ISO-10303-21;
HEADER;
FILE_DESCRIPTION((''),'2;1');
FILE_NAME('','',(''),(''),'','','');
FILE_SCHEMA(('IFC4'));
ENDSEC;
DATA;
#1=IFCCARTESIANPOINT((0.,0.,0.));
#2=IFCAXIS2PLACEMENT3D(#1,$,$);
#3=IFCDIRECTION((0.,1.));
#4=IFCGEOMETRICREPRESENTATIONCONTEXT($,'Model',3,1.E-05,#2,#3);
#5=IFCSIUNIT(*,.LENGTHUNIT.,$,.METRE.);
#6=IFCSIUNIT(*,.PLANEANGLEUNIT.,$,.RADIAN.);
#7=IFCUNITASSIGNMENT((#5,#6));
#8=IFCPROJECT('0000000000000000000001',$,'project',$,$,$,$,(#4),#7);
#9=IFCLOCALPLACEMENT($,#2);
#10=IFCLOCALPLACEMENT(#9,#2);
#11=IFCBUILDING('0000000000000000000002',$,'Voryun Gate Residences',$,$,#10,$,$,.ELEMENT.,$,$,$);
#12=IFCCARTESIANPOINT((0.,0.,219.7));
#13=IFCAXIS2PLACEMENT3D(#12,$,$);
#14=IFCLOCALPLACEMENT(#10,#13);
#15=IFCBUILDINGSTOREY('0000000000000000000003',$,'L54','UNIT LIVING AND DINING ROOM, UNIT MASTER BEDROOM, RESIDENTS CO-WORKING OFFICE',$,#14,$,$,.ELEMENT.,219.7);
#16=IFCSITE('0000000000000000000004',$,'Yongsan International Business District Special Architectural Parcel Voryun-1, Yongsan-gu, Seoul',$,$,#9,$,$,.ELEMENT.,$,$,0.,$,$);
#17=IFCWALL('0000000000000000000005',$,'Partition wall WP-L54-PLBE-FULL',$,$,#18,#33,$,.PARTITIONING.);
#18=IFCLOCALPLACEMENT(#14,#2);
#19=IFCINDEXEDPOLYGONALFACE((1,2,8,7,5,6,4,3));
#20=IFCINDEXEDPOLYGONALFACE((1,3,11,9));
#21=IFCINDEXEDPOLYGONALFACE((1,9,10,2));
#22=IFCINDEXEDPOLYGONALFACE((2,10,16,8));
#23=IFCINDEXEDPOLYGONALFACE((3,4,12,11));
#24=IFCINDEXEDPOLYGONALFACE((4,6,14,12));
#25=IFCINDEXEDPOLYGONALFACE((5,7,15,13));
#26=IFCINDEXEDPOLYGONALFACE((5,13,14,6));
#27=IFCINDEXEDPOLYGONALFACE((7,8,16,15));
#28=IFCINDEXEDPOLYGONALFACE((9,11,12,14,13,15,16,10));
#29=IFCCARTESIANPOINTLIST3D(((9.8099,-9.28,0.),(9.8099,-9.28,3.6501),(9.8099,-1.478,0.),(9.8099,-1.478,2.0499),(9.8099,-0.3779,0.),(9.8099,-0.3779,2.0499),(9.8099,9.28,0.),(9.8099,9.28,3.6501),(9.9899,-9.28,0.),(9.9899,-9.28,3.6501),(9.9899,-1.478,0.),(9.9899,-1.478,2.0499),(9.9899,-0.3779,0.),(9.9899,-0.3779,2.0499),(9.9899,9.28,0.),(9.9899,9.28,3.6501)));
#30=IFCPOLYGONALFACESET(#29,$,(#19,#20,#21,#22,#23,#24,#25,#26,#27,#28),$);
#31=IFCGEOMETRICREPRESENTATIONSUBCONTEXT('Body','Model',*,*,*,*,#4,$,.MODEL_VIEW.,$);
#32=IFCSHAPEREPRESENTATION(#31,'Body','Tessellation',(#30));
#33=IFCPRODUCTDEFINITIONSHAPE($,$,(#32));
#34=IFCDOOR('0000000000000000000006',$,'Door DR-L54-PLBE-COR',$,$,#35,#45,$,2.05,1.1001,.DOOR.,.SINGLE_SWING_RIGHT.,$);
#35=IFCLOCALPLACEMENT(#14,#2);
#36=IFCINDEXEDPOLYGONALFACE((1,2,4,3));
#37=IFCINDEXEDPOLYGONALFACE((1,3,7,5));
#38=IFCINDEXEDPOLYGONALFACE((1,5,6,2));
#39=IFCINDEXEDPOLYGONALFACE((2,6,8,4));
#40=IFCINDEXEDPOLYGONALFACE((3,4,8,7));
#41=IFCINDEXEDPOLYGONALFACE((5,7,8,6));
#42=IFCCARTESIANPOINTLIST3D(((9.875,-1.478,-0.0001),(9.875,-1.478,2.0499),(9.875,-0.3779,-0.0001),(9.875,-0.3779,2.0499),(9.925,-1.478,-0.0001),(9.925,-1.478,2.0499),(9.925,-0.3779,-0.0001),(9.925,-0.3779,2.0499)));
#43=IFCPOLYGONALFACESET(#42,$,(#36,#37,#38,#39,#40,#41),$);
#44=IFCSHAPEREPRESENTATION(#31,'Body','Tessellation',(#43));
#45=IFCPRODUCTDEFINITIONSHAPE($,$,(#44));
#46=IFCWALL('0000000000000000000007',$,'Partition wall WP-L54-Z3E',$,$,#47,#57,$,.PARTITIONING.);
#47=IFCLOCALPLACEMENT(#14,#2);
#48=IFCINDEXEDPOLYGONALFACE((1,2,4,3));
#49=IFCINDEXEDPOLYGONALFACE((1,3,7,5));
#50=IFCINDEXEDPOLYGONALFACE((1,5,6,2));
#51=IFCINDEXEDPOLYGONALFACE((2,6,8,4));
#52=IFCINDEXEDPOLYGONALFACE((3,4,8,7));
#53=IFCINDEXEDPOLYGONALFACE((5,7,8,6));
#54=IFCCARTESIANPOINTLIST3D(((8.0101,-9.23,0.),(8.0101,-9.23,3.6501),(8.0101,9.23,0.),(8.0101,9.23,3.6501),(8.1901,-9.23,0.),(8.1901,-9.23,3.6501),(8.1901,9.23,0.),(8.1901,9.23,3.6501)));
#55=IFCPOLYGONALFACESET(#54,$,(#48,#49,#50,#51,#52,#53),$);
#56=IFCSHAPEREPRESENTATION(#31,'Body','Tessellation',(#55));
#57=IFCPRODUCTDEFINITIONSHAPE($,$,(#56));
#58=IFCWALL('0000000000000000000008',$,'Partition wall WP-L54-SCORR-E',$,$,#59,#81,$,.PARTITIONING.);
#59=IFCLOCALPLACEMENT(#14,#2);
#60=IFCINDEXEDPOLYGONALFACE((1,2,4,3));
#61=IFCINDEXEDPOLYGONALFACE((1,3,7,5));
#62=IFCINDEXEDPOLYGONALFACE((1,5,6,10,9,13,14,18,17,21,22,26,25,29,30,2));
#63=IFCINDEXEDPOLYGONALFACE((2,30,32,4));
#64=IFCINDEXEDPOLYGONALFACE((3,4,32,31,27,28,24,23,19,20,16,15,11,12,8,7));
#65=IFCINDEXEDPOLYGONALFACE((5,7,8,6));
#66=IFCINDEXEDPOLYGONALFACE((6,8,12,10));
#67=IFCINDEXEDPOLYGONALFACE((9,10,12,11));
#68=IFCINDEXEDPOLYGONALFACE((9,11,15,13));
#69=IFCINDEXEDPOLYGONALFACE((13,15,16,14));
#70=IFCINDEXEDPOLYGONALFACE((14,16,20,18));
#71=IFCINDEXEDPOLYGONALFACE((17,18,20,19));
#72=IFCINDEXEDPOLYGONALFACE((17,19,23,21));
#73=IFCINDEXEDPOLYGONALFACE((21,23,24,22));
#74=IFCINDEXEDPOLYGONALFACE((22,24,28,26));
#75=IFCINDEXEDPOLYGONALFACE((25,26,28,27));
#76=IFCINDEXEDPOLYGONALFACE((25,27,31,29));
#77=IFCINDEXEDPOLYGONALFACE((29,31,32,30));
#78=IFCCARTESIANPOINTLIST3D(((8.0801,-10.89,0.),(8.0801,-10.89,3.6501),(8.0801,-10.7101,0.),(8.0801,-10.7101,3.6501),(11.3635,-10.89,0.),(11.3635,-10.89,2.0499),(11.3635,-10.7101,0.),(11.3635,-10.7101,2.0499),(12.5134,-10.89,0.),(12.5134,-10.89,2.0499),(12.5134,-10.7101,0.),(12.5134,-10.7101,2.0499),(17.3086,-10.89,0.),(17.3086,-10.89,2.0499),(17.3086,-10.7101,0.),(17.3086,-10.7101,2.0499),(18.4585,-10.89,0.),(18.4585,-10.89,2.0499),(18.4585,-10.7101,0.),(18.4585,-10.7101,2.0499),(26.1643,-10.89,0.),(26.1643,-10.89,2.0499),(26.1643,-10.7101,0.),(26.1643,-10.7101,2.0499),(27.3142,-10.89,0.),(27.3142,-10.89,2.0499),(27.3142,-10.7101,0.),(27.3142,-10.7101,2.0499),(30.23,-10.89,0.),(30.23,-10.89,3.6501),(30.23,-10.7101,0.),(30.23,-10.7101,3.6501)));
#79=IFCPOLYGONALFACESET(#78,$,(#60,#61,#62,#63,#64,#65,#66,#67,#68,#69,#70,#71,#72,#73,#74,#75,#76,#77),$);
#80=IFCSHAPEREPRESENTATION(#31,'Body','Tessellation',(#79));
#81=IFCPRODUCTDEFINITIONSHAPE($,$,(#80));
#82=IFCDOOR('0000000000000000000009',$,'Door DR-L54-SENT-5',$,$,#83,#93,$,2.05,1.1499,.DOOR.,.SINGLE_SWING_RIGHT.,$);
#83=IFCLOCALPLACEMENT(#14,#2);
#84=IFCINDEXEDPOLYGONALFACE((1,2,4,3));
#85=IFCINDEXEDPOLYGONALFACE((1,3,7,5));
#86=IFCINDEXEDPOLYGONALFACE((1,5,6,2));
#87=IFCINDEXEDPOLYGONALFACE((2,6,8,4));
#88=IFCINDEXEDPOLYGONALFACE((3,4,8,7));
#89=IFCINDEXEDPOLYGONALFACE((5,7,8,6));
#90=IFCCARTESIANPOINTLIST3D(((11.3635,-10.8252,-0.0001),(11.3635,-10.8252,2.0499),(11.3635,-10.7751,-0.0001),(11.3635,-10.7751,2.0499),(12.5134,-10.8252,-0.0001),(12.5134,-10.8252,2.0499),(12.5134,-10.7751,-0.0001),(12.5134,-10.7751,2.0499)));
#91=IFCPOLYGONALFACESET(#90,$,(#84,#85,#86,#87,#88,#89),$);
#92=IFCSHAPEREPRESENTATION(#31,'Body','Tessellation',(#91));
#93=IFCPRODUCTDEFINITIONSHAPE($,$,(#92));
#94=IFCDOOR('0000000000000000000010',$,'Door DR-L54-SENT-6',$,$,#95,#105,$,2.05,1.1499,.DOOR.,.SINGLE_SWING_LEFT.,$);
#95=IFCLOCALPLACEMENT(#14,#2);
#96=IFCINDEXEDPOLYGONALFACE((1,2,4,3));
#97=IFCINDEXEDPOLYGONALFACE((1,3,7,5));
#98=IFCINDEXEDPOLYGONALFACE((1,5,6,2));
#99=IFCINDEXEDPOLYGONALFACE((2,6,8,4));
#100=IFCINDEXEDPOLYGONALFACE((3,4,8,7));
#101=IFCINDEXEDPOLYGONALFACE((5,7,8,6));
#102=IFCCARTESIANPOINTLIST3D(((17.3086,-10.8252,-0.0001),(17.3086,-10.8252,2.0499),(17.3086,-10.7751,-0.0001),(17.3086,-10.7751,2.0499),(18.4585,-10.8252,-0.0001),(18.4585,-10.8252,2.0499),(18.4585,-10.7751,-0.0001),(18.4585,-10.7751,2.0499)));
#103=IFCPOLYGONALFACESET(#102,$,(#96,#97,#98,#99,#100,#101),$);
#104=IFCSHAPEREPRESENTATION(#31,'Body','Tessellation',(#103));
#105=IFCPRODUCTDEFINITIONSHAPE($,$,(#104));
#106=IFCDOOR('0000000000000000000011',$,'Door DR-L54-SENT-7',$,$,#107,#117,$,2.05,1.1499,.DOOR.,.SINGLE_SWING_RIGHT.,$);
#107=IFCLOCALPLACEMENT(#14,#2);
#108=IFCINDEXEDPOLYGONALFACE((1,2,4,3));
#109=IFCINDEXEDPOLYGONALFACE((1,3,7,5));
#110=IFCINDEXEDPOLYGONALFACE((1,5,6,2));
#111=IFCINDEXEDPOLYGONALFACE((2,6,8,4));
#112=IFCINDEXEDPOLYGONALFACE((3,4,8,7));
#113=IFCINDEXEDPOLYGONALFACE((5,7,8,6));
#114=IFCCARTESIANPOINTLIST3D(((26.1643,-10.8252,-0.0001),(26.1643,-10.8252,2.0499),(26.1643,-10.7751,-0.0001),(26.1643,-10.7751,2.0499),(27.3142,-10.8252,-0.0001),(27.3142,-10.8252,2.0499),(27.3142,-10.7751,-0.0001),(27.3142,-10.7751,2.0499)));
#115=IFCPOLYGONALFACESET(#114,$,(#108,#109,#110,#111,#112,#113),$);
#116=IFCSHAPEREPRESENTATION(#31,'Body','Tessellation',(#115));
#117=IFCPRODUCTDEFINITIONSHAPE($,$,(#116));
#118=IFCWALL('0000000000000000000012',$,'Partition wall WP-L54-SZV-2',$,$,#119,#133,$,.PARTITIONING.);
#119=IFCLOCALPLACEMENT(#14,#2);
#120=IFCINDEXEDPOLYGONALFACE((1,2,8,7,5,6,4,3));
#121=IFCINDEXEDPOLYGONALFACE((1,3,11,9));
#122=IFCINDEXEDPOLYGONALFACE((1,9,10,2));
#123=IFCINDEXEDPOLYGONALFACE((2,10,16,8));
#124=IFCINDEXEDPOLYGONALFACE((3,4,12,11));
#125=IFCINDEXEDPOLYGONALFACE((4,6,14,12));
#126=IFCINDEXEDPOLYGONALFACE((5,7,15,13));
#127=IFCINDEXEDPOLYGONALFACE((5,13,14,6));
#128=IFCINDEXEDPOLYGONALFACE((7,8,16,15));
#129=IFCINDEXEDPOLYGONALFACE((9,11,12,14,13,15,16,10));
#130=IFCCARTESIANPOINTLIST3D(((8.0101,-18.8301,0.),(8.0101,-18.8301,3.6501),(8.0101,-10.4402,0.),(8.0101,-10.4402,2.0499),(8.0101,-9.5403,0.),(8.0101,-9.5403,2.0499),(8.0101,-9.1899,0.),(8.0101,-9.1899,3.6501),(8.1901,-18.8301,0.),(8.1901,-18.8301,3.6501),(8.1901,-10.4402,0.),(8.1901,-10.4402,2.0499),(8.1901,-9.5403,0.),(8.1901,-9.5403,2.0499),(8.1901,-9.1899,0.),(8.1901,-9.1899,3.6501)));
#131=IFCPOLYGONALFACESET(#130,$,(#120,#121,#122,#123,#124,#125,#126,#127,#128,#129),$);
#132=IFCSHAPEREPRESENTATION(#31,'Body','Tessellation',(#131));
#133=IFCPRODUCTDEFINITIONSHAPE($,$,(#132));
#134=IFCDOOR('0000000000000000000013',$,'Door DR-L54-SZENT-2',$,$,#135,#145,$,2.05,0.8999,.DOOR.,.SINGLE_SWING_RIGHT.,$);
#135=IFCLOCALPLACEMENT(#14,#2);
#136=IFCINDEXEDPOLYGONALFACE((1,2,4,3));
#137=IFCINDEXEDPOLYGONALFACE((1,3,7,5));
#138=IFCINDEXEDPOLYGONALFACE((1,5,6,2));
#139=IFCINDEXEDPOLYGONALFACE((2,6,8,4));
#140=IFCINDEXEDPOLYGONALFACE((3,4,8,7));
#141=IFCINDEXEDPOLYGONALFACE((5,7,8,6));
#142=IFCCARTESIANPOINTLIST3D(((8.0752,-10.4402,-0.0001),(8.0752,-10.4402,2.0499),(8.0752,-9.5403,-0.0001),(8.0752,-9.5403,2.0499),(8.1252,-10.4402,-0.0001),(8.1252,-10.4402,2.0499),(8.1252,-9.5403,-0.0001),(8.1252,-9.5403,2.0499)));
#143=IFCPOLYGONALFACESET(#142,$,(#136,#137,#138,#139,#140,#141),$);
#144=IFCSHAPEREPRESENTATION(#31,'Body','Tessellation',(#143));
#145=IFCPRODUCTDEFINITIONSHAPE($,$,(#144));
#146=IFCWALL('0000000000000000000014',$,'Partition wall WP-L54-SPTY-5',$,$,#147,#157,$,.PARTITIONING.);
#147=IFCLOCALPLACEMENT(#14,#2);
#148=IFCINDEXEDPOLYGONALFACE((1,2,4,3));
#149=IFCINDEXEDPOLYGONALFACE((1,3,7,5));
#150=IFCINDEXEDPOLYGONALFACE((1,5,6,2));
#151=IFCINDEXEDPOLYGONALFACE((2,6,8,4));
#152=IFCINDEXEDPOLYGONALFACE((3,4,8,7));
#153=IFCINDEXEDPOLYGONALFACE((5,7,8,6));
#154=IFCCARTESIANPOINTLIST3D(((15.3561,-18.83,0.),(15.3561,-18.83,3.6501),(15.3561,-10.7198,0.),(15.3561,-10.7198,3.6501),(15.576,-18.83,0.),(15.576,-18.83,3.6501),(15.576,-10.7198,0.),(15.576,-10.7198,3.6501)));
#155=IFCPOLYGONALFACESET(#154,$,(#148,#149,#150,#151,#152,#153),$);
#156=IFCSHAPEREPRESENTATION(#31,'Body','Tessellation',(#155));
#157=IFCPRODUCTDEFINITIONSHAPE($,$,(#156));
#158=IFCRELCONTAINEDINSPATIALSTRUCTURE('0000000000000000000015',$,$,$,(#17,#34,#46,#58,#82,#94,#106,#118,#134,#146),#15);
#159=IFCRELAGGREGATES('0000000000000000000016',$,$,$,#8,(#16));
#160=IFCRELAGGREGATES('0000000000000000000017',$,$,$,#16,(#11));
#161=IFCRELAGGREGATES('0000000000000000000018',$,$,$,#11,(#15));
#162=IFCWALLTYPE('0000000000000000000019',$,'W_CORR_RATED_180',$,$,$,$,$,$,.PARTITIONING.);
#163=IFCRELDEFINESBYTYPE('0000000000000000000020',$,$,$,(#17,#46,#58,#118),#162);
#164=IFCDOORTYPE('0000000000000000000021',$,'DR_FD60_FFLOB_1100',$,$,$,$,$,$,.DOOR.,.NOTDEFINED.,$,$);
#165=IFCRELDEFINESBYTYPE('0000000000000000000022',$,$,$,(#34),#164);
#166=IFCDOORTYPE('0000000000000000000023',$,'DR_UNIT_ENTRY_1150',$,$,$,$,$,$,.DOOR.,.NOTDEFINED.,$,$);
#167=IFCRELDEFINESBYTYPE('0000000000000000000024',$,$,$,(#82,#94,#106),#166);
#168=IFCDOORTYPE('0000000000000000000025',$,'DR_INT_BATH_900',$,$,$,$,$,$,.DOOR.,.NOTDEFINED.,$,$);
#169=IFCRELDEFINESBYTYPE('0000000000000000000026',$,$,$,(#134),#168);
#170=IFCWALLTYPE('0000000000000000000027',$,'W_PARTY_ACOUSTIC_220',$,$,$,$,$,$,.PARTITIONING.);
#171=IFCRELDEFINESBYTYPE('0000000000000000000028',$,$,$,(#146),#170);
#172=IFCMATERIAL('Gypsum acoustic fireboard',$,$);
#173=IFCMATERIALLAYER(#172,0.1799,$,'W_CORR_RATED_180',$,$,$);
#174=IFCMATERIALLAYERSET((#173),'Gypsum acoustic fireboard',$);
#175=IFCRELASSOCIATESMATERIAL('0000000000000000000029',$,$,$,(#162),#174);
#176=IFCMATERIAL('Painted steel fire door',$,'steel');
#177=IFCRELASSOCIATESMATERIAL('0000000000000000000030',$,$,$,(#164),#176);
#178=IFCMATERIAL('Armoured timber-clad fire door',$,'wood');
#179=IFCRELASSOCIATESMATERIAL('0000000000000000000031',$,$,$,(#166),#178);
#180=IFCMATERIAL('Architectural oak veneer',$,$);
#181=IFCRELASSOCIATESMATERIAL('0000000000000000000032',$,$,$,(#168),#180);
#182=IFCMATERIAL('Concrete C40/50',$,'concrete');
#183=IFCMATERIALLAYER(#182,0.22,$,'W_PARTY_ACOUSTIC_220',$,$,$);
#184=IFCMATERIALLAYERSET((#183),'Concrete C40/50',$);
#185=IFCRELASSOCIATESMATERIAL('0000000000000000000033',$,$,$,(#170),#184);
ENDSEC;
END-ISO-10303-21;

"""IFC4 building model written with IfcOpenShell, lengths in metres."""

from ifc_helpers import new_model, si_unit, direction, frame, frame_2d, origin, place, context, subcontext, project, spatial, rectangle, extrude, material, layer, layer_set, type_object, element, fill, save


model = new_model("IFC4")

# Units and contexts
model_context = context("Model", 3, precision=1e-05, world=origin(), true_north=direction((0.0, 1.0)))
body_context = subcontext(model_context, "Body", "Model", "MODEL_VIEW")
ifc_project = project(units=[si_unit("LENGTHUNIT", "METRE"), si_unit("PLANEANGLEUNIT", "RADIAN")], contexts=[model_context])

# Site, building, storey
site_placement = place(None, origin())
site = spatial("IfcSite", under=ifc_project, at=site_placement, Name="Yongsan International Business District Special Architectural Parcel Voryun-1, Yongsan-gu, Seoul", CompositionType="ELEMENT", RefElevation=0.0)
building_placement = place(site_placement, origin())
building = spatial("IfcBuilding", under=site, at=building_placement, Name="Voryun Gate Residences", CompositionType="ELEMENT")
storey_placement = place(building_placement, frame((0.0, 0.0, 219.7)))
storey = spatial("IfcBuildingStorey", under=building, at=storey_placement, Name="L54", Description="UNIT LIVING AND DINING ROOM, UNIT MASTER BEDROOM, RESIDENTS CO-WORKING OFFICE", CompositionType="ELEMENT", Elevation=219.7)

# Wall, opening, door
ifc_material_1 = material(Name="Gypsum acoustic fireboard")
ifc_layer_1 = layer(ifc_material_1, 0.1799, Name="W_CORR_RATED_180")
ifc_layer_set_1 = layer_set([ifc_layer_1], Name="Gypsum acoustic fireboard")
wall_type_1 = type_object("IfcWallType", Name="W_CORR_RATED_180", PredefinedType="PARTITIONING", material=ifc_layer_set_1)
wall_1_placement = place(storey_placement, frame((9.8999, -9.28, 0.0), z_axis=(0.0, 0.0, 1.0), x_axis=(0.0, 1.0, 0.0)))
wall_1 = element("IfcWall", 1, at=wall_1_placement, inside=storey, type_object=wall_type_1, Name="Partition wall WP-L54-PLBE-FULL", PredefinedType="PARTITIONING", context=body_context, shape_type="SweptSolid", body=[
    extrude(rectangle(XDim=18.5601, YDim=0.1799, at=frame_2d((9.28, 0.0))), origin(), (0.0, 0.0, 1.0), 3.6501),
])
opening_1_placement = place(wall_1_placement, frame((7.802, 0.0, 0.0)))
opening_1 = element("IfcOpeningElement", 2, at=opening_1_placement, cuts=wall_1, PredefinedType="OPENING", context=body_context, shape_type="SweptSolid", body=[
    extrude(rectangle(XDim=1.1001, YDim=2.05, at=frame_2d((0.55, 1.0249))), frame((0.0, 0.0999, 0.0), z_axis=(0.0, -1.0, 0.0), x_axis=(1.0, 0.0, 0.0)), (0.0, 0.0, 1.0), 0.2),
])
ifc_material_2 = material(Name="Painted steel fire door", Category="steel")
door_type_1 = type_object("IfcDoorType", Name="DR_FD60_FFLOB_1100", OperationType="NOTDEFINED", PredefinedType="DOOR", material=ifc_material_2)
door_1_placement = place(opening_1_placement, origin())
door_1 = element("IfcDoor", 3, at=door_1_placement, inside=storey, type_object=door_type_1, Name="Door DR-L54-PLBE-COR", OperationType="SINGLE_SWING_RIGHT", OverallHeight=2.05, OverallWidth=1.1001, PredefinedType="DOOR", context=body_context, shape_type="SweptSolid", body=[
    extrude(rectangle(XDim=1.1001, YDim=2.05, at=frame_2d((0.55, 1.0249))), frame((0.0, 0.0249, 0.0), z_axis=(0.0, -1.0, 0.0), x_axis=(1.0, 0.0, 0.0)), (0.0, 0.0, 1.0), 0.05),
])
fill(opening_1, door_1)

# Wall
wall_2_placement = place(storey_placement, frame((8.1001, -9.23, 0.0), z_axis=(0.0, 0.0, 1.0), x_axis=(0.0, 1.0, 0.0)))
element("IfcWall", 4, at=wall_2_placement, inside=storey, type_object=wall_type_1, Name="Partition wall WP-L54-Z3E", PredefinedType="PARTITIONING", context=body_context, shape_type="SweptSolid", body=[
    extrude(rectangle(XDim=18.46, YDim=0.1799, at=frame_2d((9.23, 0.0))), origin(), (0.0, 0.0, 1.0), 3.6501),
])

# Wall, openings, doors
wall_3_placement = place(storey_placement, frame((8.0801, -10.8, 0.0), z_axis=(0.0, 0.0, 1.0), x_axis=(1.0, 0.0, 0.0)))
wall_3 = element("IfcWall", 5, at=wall_3_placement, inside=storey, type_object=wall_type_1, Name="Partition wall WP-L54-SCORR-E", PredefinedType="PARTITIONING", context=body_context, shape_type="SweptSolid", body=[
    extrude(rectangle(XDim=22.1499, YDim=0.1799, at=frame_2d((11.075, 0.0))), origin(), (0.0, 0.0, 1.0), 3.6501),
])
opening_2_placement = place(wall_3_placement, frame((3.2834, 0.0, 0.0)))
opening_2 = element("IfcOpeningElement", 6, at=opening_2_placement, cuts=wall_3, PredefinedType="OPENING", context=body_context, shape_type="SweptSolid", body=[
    extrude(rectangle(XDim=1.1499, YDim=2.05, at=frame_2d((0.575, 1.0249))), frame((0.0, 0.0999, 0.0), z_axis=(0.0, -1.0, 0.0), x_axis=(1.0, 0.0, 0.0)), (0.0, 0.0, 1.0), 0.2),
])
opening_3_placement = place(wall_3_placement, frame((9.2285, 0.0, 0.0)))
opening_3 = element("IfcOpeningElement", 7, at=opening_3_placement, cuts=wall_3, PredefinedType="OPENING", context=body_context, shape_type="SweptSolid", body=[
    extrude(rectangle(XDim=1.1499, YDim=2.05, at=frame_2d((0.575, 1.0249))), frame((0.0, 0.0999, 0.0), z_axis=(0.0, -1.0, 0.0), x_axis=(1.0, 0.0, 0.0)), (0.0, 0.0, 1.0), 0.2),
])
opening_4_placement = place(wall_3_placement, frame((18.0842, 0.0, 0.0)))
opening_4 = element("IfcOpeningElement", 8, at=opening_4_placement, cuts=wall_3, PredefinedType="OPENING", context=body_context, shape_type="SweptSolid", body=[
    extrude(rectangle(XDim=1.1499, YDim=2.05, at=frame_2d((0.575, 1.0249))), frame((0.0, 0.0999, 0.0), z_axis=(0.0, -1.0, 0.0), x_axis=(1.0, 0.0, 0.0)), (0.0, 0.0, 1.0), 0.2),
])
ifc_material_3 = material(Name="Armoured timber-clad fire door", Category="wood")
door_type_2 = type_object("IfcDoorType", Name="DR_UNIT_ENTRY_1150", OperationType="NOTDEFINED", PredefinedType="DOOR", material=ifc_material_3)
door_2_placement = place(opening_2_placement, origin())
door_2 = element("IfcDoor", 9, at=door_2_placement, inside=storey, type_object=door_type_2, Name="Door DR-L54-SENT-5", OperationType="SINGLE_SWING_RIGHT", OverallHeight=2.05, OverallWidth=1.1499, PredefinedType="DOOR", context=body_context, shape_type="SweptSolid", body=[
    extrude(rectangle(XDim=1.1499, YDim=2.05, at=frame_2d((0.575, 1.0249))), frame((0.0, 0.0249, 0.0), z_axis=(0.0, -1.0, 0.0), x_axis=(1.0, 0.0, 0.0)), (0.0, 0.0, 1.0), 0.05),
])
fill(opening_2, door_2)
door_3_placement = place(opening_3_placement, origin())
door_3 = element("IfcDoor", 10, at=door_3_placement, inside=storey, type_object=door_type_2, Name="Door DR-L54-SENT-6", OperationType="SINGLE_SWING_LEFT", OverallHeight=2.05, OverallWidth=1.1499, PredefinedType="DOOR", context=body_context, shape_type="SweptSolid", body=[
    extrude(rectangle(XDim=1.1499, YDim=2.05, at=frame_2d((0.575, 1.0249))), frame((0.0, 0.0249, 0.0), z_axis=(0.0, -1.0, 0.0), x_axis=(1.0, 0.0, 0.0)), (0.0, 0.0, 1.0), 0.05),
])
fill(opening_3, door_3)
door_4_placement = place(opening_4_placement, origin())
door_4 = element("IfcDoor", 11, at=door_4_placement, inside=storey, type_object=door_type_2, Name="Door DR-L54-SENT-7", OperationType="SINGLE_SWING_RIGHT", OverallHeight=2.05, OverallWidth=1.1499, PredefinedType="DOOR", context=body_context, shape_type="SweptSolid", body=[
    extrude(rectangle(XDim=1.1499, YDim=2.05, at=frame_2d((0.575, 1.0249))), frame((0.0, 0.0249, 0.0), z_axis=(0.0, -1.0, 0.0), x_axis=(1.0, 0.0, 0.0)), (0.0, 0.0, 1.0), 0.05),
])
fill(opening_4, door_4)

# Wall, opening, door
wall_4_placement = place(storey_placement, frame((8.1001, -18.8301, 0.0), z_axis=(0.0, 0.0, 1.0), x_axis=(0.0, 1.0, 0.0)))
wall_4 = element("IfcWall", 12, at=wall_4_placement, inside=storey, type_object=wall_type_1, Name="Partition wall WP-L54-SZV-2", PredefinedType="PARTITIONING", context=body_context, shape_type="SweptSolid", body=[
    extrude(rectangle(XDim=9.6401, YDim=0.1799, at=frame_2d((4.8201, 0.0))), origin(), (0.0, 0.0, 1.0), 3.6501),
])
opening_5_placement = place(wall_4_placement, frame((8.3899, 0.0, 0.0)))
opening_5 = element("IfcOpeningElement", 13, at=opening_5_placement, cuts=wall_4, PredefinedType="OPENING", context=body_context, shape_type="SweptSolid", body=[
    extrude(rectangle(XDim=0.8999, YDim=2.05, at=frame_2d((0.45, 1.0249))), frame((0.0, 0.0999, 0.0), z_axis=(0.0, -1.0, 0.0), x_axis=(1.0, 0.0, 0.0)), (0.0, 0.0, 1.0), 0.2),
])
ifc_material_4 = material(Name="Architectural oak veneer")
door_type_3 = type_object("IfcDoorType", Name="DR_INT_BATH_900", OperationType="NOTDEFINED", PredefinedType="DOOR", material=ifc_material_4)
door_5_placement = place(opening_5_placement, origin())
door_5 = element("IfcDoor", 14, at=door_5_placement, inside=storey, type_object=door_type_3, Name="Door DR-L54-SZENT-2", OperationType="SINGLE_SWING_RIGHT", OverallHeight=2.05, OverallWidth=0.8999, PredefinedType="DOOR", context=body_context, shape_type="SweptSolid", body=[
    extrude(rectangle(XDim=0.8999, YDim=2.05, at=frame_2d((0.45, 1.0249))), frame((0.0, 0.0249, 0.0), z_axis=(0.0, -1.0, 0.0), x_axis=(1.0, 0.0, 0.0)), (0.0, 0.0, 1.0), 0.05),
])
fill(opening_5, door_5)

# Wall
ifc_material_5 = material(Name="Concrete C40/50", Category="concrete")
ifc_layer_2 = layer(ifc_material_5, 0.22, Name="W_PARTY_ACOUSTIC_220")
ifc_layer_set_2 = layer_set([ifc_layer_2], Name="Concrete C40/50")
wall_type_2 = type_object("IfcWallType", Name="W_PARTY_ACOUSTIC_220", PredefinedType="PARTITIONING", material=ifc_layer_set_2)
wall_5_placement = place(storey_placement, frame((15.4661, -18.8301, 0.0), z_axis=(0.0, 0.0, 1.0), x_axis=(0.0, 1.0, 0.0)))
element("IfcWall", 15, at=wall_5_placement, inside=storey, type_object=wall_type_2, Name="Partition wall WP-L54-SPTY-5", PredefinedType="PARTITIONING", context=body_context, shape_type="SweptSolid", body=[
    extrude(rectangle(XDim=8.1101, YDim=0.22, at=frame_2d((4.0552, 0.0))), origin(), (0.0, 0.0, 1.0), 3.6501),
])

save(model, "model.ifc")
